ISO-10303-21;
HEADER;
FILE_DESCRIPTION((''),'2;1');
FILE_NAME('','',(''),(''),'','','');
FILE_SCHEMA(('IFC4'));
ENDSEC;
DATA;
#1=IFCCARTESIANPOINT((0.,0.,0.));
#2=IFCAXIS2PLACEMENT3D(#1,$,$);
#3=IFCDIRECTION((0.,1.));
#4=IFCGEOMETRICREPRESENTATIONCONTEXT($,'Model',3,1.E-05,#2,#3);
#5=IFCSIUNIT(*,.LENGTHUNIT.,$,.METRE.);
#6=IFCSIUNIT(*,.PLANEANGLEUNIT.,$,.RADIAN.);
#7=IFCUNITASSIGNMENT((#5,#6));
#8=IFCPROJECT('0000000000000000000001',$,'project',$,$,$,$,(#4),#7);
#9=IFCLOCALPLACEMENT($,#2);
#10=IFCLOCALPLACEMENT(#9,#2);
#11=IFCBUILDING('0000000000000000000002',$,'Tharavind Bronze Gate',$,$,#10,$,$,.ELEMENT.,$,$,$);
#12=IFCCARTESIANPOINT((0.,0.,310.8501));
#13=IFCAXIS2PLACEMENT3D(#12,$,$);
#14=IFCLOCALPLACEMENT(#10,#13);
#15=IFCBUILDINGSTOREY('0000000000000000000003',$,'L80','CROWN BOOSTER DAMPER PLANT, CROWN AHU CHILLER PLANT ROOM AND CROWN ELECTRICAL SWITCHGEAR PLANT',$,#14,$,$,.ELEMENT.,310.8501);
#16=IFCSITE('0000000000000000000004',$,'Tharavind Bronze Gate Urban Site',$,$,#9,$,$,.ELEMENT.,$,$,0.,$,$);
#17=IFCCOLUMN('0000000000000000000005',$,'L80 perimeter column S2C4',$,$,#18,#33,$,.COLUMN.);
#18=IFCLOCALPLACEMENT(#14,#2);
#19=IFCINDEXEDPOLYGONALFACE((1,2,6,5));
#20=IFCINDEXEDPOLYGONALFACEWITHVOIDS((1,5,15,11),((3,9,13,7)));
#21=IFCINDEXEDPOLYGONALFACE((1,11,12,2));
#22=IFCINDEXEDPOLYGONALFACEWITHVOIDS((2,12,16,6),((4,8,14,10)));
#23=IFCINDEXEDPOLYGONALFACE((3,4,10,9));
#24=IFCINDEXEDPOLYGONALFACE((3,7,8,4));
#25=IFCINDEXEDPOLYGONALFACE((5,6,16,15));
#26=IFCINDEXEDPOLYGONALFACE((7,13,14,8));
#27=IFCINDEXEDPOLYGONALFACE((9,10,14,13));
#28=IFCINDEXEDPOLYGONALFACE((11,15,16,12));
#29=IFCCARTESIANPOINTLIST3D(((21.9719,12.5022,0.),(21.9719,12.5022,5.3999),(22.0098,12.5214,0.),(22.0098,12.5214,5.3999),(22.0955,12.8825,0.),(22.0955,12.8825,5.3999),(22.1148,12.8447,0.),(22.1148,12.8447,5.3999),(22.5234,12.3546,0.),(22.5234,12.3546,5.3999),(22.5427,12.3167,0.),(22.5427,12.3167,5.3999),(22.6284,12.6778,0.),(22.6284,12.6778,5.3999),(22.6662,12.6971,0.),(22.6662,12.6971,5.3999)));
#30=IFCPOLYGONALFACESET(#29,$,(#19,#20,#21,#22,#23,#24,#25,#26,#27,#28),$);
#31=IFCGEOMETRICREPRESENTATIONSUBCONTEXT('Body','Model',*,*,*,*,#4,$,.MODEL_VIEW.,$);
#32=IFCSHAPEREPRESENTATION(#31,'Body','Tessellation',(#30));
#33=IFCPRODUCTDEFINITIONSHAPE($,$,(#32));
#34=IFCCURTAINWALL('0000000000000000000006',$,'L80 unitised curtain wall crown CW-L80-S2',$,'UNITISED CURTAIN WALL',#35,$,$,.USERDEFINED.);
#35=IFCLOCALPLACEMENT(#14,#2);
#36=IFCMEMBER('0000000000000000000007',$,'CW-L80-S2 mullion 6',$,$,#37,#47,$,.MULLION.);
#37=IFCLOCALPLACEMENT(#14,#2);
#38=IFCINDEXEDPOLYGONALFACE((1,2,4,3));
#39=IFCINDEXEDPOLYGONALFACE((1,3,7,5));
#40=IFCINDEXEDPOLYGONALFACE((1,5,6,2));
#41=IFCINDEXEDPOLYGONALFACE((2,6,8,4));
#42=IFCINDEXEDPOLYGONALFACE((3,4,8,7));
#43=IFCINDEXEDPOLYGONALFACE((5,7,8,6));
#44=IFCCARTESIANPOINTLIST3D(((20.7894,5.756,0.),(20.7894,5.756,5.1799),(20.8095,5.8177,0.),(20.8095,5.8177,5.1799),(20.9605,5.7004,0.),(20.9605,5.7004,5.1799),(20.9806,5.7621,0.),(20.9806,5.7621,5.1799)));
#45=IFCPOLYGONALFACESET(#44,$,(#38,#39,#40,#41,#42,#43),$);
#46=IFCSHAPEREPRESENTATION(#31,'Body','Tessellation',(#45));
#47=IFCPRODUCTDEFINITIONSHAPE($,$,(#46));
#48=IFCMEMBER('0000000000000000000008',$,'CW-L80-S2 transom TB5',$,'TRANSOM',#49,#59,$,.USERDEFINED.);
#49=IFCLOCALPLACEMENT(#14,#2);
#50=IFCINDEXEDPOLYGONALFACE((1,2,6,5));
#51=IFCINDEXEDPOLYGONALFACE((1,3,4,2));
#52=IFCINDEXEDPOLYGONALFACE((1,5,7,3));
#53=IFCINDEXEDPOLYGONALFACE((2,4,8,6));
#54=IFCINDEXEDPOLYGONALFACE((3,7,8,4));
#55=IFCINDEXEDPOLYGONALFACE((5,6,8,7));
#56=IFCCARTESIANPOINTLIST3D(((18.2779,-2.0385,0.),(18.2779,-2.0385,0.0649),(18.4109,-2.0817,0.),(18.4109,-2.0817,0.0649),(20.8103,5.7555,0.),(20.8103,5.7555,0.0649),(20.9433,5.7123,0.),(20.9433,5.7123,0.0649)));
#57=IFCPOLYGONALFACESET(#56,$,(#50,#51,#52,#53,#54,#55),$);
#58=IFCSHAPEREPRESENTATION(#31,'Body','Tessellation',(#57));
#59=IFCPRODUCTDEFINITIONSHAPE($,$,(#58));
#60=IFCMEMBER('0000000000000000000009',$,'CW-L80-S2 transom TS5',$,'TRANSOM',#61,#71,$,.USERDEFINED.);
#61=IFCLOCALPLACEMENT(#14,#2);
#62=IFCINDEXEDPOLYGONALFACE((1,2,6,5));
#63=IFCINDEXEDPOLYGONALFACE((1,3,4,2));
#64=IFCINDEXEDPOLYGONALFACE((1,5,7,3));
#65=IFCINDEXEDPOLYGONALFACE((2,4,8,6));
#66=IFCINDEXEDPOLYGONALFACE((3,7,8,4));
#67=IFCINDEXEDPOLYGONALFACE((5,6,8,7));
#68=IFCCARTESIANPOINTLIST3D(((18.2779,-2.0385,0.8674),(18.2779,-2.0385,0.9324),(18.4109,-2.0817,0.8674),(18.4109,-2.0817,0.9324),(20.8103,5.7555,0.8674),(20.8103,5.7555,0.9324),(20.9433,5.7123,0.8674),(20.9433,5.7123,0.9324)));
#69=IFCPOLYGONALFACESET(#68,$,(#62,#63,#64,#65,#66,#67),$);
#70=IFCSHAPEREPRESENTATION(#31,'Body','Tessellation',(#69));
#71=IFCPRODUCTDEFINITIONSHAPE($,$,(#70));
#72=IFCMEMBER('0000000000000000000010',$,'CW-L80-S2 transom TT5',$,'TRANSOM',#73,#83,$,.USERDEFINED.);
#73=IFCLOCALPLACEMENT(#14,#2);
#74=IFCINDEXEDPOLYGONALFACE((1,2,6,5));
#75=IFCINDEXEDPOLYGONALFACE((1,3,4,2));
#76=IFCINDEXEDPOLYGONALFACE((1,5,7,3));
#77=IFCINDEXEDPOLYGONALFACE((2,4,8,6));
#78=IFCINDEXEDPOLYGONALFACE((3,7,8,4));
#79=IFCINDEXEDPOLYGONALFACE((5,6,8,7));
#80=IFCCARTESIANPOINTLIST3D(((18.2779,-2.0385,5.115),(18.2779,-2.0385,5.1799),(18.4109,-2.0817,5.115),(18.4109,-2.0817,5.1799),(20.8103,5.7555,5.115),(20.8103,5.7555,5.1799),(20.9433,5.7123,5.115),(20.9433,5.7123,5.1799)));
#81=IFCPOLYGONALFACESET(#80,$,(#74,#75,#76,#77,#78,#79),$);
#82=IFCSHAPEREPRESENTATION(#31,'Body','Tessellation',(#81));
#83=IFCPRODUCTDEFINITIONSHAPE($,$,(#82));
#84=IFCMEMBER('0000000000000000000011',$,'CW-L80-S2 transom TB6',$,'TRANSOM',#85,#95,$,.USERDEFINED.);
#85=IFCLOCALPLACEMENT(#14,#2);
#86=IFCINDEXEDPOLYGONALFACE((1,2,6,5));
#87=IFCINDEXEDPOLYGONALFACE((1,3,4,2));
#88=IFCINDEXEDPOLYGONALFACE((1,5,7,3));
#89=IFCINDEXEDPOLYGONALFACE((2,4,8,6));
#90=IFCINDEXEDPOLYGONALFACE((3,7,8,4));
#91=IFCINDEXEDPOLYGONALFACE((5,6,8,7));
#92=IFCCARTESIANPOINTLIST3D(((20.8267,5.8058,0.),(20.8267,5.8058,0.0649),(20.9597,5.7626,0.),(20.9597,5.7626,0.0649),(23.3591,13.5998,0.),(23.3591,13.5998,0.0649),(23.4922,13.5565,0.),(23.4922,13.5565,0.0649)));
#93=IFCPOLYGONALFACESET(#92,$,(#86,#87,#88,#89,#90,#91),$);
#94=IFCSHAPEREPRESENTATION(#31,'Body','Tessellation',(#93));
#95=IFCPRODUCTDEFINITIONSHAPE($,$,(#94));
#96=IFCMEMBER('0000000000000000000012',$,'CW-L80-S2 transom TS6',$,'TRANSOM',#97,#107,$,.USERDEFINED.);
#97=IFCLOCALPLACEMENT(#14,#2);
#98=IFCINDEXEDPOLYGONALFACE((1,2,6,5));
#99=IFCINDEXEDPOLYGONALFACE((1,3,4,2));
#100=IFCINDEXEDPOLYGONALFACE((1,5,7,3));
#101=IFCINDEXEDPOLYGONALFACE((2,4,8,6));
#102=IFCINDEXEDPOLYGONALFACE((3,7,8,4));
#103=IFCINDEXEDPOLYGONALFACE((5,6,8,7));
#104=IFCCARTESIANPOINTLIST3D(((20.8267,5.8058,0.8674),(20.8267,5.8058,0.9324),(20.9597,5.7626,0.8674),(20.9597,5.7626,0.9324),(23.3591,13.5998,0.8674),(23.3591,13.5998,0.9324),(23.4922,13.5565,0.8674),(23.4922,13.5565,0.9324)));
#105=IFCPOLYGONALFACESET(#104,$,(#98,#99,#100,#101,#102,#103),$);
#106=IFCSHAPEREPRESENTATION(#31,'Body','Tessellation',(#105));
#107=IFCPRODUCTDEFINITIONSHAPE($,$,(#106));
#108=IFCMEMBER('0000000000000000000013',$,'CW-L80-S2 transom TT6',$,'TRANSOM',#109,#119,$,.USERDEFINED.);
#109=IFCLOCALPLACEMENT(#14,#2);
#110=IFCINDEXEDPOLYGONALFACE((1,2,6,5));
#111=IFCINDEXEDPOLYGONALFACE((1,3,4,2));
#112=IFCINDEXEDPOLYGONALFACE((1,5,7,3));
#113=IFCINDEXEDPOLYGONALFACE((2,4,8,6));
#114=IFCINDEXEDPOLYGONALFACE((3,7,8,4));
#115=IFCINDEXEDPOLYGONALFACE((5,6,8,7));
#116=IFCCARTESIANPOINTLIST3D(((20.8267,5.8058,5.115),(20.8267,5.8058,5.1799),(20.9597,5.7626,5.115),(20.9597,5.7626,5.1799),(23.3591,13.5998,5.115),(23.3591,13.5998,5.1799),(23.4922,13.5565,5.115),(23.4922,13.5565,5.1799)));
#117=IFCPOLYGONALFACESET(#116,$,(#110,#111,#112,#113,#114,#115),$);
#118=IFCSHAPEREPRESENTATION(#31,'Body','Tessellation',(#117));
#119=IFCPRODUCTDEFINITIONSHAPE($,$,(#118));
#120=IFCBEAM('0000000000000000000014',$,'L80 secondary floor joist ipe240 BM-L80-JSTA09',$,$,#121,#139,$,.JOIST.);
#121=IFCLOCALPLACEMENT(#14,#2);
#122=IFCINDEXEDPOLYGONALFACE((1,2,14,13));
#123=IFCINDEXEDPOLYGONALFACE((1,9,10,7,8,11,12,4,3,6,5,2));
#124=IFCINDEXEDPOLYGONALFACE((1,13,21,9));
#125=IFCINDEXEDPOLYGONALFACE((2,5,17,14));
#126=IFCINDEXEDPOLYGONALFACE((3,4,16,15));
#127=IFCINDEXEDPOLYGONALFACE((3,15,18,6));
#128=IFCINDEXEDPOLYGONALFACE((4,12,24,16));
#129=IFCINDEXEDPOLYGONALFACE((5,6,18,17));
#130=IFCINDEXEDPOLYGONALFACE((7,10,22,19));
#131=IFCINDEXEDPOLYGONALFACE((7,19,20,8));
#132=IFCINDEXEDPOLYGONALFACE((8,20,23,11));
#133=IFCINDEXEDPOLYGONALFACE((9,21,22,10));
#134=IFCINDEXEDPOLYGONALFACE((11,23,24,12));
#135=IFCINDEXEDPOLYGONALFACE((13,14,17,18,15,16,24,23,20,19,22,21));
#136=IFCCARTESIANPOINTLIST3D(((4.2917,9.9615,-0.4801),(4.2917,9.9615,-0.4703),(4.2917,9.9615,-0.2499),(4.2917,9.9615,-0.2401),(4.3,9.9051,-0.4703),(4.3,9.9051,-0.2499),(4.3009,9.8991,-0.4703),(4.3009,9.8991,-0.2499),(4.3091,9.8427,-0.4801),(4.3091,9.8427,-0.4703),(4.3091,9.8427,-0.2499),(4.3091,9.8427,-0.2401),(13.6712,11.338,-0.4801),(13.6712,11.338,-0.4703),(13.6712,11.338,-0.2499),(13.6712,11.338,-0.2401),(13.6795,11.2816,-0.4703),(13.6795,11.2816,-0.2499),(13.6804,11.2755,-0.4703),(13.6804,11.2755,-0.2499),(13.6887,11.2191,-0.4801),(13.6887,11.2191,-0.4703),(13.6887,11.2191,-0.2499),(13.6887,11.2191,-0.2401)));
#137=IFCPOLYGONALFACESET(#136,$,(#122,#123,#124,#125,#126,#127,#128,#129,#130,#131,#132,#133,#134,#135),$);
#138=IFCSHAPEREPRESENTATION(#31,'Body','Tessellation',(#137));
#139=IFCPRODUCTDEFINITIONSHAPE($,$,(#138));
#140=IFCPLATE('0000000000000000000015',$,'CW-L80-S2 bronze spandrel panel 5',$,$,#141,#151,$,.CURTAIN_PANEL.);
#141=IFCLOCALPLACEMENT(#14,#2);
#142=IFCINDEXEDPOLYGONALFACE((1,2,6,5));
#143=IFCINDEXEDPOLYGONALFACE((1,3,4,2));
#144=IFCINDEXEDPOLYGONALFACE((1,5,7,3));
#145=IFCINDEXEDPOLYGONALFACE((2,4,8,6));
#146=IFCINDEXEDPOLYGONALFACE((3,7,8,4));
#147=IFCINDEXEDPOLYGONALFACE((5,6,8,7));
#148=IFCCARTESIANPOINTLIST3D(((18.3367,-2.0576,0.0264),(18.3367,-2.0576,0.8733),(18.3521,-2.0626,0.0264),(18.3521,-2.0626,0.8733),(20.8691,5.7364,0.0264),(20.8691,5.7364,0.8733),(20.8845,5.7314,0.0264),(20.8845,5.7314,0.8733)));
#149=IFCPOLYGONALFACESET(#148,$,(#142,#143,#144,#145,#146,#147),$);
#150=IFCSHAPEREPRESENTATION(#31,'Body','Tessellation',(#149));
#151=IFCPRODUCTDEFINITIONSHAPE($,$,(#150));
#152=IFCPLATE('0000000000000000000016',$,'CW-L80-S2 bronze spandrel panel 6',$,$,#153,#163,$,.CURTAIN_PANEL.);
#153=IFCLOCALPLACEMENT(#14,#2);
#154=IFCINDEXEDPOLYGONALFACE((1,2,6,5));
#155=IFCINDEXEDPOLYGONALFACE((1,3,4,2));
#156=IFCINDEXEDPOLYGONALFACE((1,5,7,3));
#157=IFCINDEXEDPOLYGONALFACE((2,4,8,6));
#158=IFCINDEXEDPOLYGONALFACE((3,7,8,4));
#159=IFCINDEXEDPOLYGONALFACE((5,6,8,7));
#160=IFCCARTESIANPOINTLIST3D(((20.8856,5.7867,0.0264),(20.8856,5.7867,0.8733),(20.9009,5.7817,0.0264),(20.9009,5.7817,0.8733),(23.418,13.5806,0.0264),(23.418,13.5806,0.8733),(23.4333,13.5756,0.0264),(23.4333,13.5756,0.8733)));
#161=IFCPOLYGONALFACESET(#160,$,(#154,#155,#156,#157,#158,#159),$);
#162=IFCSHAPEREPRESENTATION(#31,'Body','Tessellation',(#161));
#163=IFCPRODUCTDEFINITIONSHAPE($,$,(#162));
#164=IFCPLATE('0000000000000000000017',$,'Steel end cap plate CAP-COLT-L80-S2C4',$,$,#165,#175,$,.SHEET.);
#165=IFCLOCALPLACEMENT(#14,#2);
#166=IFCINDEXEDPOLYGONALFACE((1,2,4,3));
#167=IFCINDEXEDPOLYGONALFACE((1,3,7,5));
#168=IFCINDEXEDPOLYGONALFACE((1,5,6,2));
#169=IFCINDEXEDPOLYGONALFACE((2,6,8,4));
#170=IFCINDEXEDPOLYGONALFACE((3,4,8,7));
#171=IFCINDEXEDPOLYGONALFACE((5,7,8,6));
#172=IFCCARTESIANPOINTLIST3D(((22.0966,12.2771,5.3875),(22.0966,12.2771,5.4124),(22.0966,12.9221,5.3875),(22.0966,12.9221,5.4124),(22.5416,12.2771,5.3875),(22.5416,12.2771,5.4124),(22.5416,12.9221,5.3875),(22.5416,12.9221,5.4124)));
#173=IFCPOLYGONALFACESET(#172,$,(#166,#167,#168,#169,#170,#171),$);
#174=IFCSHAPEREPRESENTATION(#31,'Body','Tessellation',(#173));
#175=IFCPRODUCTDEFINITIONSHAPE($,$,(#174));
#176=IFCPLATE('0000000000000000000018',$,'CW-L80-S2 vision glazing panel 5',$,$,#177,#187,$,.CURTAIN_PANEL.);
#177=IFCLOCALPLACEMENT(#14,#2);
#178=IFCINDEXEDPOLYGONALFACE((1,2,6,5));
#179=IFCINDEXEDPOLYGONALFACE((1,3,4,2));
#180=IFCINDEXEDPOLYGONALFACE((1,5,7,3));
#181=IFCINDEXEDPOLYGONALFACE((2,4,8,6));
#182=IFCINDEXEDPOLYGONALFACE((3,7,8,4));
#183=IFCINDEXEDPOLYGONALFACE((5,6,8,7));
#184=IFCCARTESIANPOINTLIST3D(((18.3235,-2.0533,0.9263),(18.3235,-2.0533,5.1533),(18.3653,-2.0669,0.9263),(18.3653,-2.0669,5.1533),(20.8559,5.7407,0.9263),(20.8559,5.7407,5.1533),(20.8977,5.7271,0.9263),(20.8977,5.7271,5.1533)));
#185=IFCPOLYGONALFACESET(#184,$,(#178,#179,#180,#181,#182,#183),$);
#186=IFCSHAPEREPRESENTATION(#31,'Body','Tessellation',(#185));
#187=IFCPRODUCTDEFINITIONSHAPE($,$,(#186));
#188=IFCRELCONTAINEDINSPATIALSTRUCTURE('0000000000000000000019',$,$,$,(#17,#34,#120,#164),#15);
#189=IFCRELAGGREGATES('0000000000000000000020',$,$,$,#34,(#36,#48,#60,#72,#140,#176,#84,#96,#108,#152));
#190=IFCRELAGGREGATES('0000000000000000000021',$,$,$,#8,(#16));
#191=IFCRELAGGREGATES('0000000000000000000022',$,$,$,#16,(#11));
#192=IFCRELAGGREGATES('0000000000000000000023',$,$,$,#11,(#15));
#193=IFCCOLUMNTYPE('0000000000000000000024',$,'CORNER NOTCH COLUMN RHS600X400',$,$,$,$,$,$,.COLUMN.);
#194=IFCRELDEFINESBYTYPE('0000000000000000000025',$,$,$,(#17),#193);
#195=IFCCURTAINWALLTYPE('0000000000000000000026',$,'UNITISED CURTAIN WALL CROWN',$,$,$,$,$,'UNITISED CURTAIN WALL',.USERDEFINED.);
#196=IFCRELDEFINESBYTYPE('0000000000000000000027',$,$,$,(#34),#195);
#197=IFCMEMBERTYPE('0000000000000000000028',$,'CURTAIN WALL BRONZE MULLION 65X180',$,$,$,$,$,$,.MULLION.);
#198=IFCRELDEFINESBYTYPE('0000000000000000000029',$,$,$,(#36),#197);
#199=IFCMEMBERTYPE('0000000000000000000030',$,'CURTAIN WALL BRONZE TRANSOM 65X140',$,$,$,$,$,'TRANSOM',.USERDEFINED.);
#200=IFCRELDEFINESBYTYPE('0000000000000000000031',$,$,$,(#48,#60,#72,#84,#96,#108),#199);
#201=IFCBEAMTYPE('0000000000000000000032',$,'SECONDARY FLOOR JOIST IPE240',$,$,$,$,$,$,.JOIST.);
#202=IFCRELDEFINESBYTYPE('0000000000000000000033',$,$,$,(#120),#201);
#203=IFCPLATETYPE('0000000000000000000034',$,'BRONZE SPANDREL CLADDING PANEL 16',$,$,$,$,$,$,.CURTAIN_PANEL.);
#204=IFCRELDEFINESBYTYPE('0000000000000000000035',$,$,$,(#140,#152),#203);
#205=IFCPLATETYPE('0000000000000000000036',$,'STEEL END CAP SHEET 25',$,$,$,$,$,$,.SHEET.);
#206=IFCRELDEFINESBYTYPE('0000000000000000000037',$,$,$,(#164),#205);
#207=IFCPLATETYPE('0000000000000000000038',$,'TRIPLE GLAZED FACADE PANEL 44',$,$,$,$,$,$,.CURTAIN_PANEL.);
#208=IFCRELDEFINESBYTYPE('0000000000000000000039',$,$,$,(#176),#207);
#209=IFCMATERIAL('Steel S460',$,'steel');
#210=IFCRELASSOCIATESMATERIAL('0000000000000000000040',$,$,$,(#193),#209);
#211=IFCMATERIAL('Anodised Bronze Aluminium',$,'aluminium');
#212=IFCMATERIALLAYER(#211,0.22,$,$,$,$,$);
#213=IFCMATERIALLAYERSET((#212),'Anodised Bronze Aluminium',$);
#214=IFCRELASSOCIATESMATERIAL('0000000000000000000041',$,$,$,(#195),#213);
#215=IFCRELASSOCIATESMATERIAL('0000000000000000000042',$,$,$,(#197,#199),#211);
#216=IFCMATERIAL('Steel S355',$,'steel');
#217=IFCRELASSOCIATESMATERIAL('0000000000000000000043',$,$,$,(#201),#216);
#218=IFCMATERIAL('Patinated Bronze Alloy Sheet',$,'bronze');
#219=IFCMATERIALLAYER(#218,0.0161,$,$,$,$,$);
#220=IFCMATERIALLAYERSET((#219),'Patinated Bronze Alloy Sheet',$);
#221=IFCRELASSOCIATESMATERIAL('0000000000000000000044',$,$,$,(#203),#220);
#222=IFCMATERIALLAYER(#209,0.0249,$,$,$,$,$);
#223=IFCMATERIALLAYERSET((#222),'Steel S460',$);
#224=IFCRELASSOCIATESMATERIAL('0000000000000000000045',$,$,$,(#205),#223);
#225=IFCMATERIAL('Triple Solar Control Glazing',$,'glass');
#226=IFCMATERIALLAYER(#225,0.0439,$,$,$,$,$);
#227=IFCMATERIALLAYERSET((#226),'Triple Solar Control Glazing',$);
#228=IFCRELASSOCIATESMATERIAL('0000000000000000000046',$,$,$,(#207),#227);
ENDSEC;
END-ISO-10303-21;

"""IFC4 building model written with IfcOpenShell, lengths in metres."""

from ifc_helpers import new_model, si_unit, direction, frame, origin, origin_2d, place, context, subcontext, project, spatial, rectangle, hollow_rectangle, i_section, extrude, material, layer, layer_set, material_profile, profile_set, type_object, element, aggregate, save


model = new_model("IFC4")

# Units and contexts
model_context = context("Model", 3, precision=1e-05, world=origin(), true_north=direction((0.0, 1.0)))
body_context = subcontext(model_context, "Body", "Model", "MODEL_VIEW")
ifc_project = project(units=[si_unit("LENGTHUNIT", "METRE"), si_unit("PLANEANGLEUNIT", "RADIAN")], contexts=[model_context])

# Site, building, storey
site_placement = place(None, origin())
site = spatial("IfcSite", under=ifc_project, at=site_placement, Name="Tharavind Bronze Gate Urban Site", CompositionType="ELEMENT", RefElevation=0.0)
building_placement = place(site_placement, origin())
building = spatial("IfcBuilding", under=site, at=building_placement, Name="Tharavind Bronze Gate", CompositionType="ELEMENT")
storey_placement = place(building_placement, frame((0.0, 0.0, 310.8501)))
storey = spatial("IfcBuildingStorey", under=building, at=storey_placement, Name="L80", Description="CROWN BOOSTER DAMPER PLANT, CROWN AHU CHILLER PLANT ROOM AND CROWN ELECTRICAL SWITCHGEAR PLANT", CompositionType="ELEMENT", Elevation=310.8501)

# Column
ifc_material_1 = material(Name="Steel S460", Category="steel")
ifc_material_profile_1 = material_profile(ifc_material_1, hollow_rectangle(XDim=0.3999, YDim=0.6001, WallThickness=0.03, at=origin_2d()), Name="RHS600X400X30")
ifc_profile_set_1 = profile_set([ifc_material_profile_1], Name="Steel S460")
column_type = type_object("IfcColumnType", Name="CORNER NOTCH COLUMN RHS600X400", PredefinedType="COLUMN", material=ifc_profile_set_1)
column_placement = place(storey_placement, frame((22.3191, 12.5996, 0.0), z_axis=(0.0, 0.0, 1.0), x_axis=(0.309019, 0.951056, 0.0)))
element("IfcColumn", 1, at=column_placement, inside=storey, type_object=column_type, Name="L80 perimeter column S2C4", PredefinedType="COLUMN", context=body_context, shape_type="SweptSolid", body=[
    extrude(hollow_rectangle(XDim=0.3999, YDim=0.6001, WallThickness=0.03, at=origin_2d()), origin(), (0.0, 0.0, 1.0), 5.3999),
])

# Curtain wall, members
ifc_material_2 = material(Name="Anodised Bronze Aluminium", Category="aluminium")
ifc_layer_1 = layer(ifc_material_2, 0.22)
ifc_layer_set_1 = layer_set([ifc_layer_1], Name="Anodised Bronze Aluminium")
curtain_wall_type = type_object("IfcCurtainWallType", Name="UNITISED CURTAIN WALL CROWN", ElementType="UNITISED CURTAIN WALL", PredefinedType="USERDEFINED", material=ifc_layer_set_1)
curtain_wall_placement = place(storey_placement, origin())
curtain_wall = element("IfcCurtainWall", 2, at=curtain_wall_placement, inside=storey, type_object=curtain_wall_type, Name="L80 unitised curtain wall crown CW-L80-S2", ObjectType="UNITISED CURTAIN WALL", PredefinedType="USERDEFINED")
member_type_1 = type_object("IfcMemberType", Name="CURTAIN WALL BRONZE MULLION 65X180", PredefinedType="MULLION", material=ifc_material_2)
member_1_placement = place(storey_placement, frame((20.885, 5.759, 0.0), z_axis=(0.0, 0.0, 1.0), x_axis=(0.309017, 0.951057, 0.0)))
member_1 = element("IfcMember", 3, at=member_1_placement, type_object=member_type_1, Name="CW-L80-S2 mullion 6", PredefinedType="MULLION", context=body_context, shape_type="SweptSolid", body=[
    extrude(rectangle(XDim=0.0649, YDim=0.1799, at=origin_2d()), origin(), (0.0, 0.0, 1.0), 5.1799),
])
member_type_2 = type_object("IfcMemberType", Name="CURTAIN WALL BRONZE TRANSOM 65X140", ElementType="TRANSOM", PredefinedType="USERDEFINED", material=ifc_material_2)
member_2_placement = place(storey_placement, frame((19.6106, 1.8369, 0.0), z_axis=(0.0, 0.0, 1.0), x_axis=(0.309017, 0.951057, 0.0)))
member_2 = element("IfcMember", 4, at=member_2_placement, type_object=member_type_2, Name="CW-L80-S2 transom TB5", ObjectType="TRANSOM", PredefinedType="USERDEFINED", context=body_context, shape_type="SweptSolid", body=[
    extrude(rectangle(XDim=8.1951, YDim=0.1399, at=origin_2d()), origin(), (0.0, 0.0, 1.0), 0.0649),
])
member_3_placement = place(storey_placement, frame((19.6106, 1.8369, 0.8674), z_axis=(0.0, 0.0, 1.0), x_axis=(0.309017, 0.951057, 0.0)))
member_3 = element("IfcMember", 5, at=member_3_placement, type_object=member_type_2, Name="CW-L80-S2 transom TS5", ObjectType="TRANSOM", PredefinedType="USERDEFINED", context=body_context, shape_type="SweptSolid", body=[
    extrude(rectangle(XDim=8.1951, YDim=0.1399, at=origin_2d()), origin(), (0.0, 0.0, 1.0), 0.0649),
])
member_4_placement = place(storey_placement, frame((19.6106, 1.8369, 5.115), z_axis=(0.0, 0.0, 1.0), x_axis=(0.309017, 0.951057, 0.0)))
member_4 = element("IfcMember", 6, at=member_4_placement, type_object=member_type_2, Name="CW-L80-S2 transom TT5", ObjectType="TRANSOM", PredefinedType="USERDEFINED", context=body_context, shape_type="SweptSolid", body=[
    extrude(rectangle(XDim=8.1951, YDim=0.1399, at=origin_2d()), origin(), (0.0, 0.0, 1.0), 0.0649),
])
member_5_placement = place(storey_placement, frame((22.1594, 9.6812, 0.0), z_axis=(0.0, 0.0, 1.0), x_axis=(0.309017, 0.951057, 0.0)))
member_5 = element("IfcMember", 7, at=member_5_placement, type_object=member_type_2, Name="CW-L80-S2 transom TB6", ObjectType="TRANSOM", PredefinedType="USERDEFINED", context=body_context, shape_type="SweptSolid", body=[
    extrude(rectangle(XDim=8.1951, YDim=0.1399, at=origin_2d()), origin(), (0.0, 0.0, 1.0), 0.0649),
])
member_6_placement = place(storey_placement, frame((22.1594, 9.6812, 0.8674), z_axis=(0.0, 0.0, 1.0), x_axis=(0.309017, 0.951057, 0.0)))
member_6 = element("IfcMember", 8, at=member_6_placement, type_object=member_type_2, Name="CW-L80-S2 transom TS6", ObjectType="TRANSOM", PredefinedType="USERDEFINED", context=body_context, shape_type="SweptSolid", body=[
    extrude(rectangle(XDim=8.1951, YDim=0.1399, at=origin_2d()), origin(), (0.0, 0.0, 1.0), 0.0649),
])
member_7_placement = place(storey_placement, frame((22.1594, 9.6812, 5.115), z_axis=(0.0, 0.0, 1.0), x_axis=(0.309017, 0.951057, 0.0)))
member_7 = element("IfcMember", 9, at=member_7_placement, type_object=member_type_2, Name="CW-L80-S2 transom TT6", ObjectType="TRANSOM", PredefinedType="USERDEFINED", context=body_context, shape_type="SweptSolid", body=[
    extrude(rectangle(XDim=8.1951, YDim=0.1399, at=origin_2d()), origin(), (0.0, 0.0, 1.0), 0.0649),
])

# Beam
ifc_material_3 = material(Name="Steel S355", Category="steel")
ifc_material_profile_2 = material_profile(ifc_material_3, i_section(OverallWidth=0.1201, OverallDepth=0.24, WebThickness=0.0061, FlangeThickness=0.0098, at=origin_2d()), Name="IPE240")
ifc_profile_set_2 = profile_set([ifc_material_profile_2], Name="Steel S355")
beam_type = type_object("IfcBeamType", Name="SECONDARY FLOOR JOIST IPE240", PredefinedType="JOIST", material=ifc_profile_set_2)
beam_placement = place(storey_placement, frame((13.6799, 11.2786, -0.3601), z_axis=(-0.989403, -0.145195, 0.0), x_axis=(0.145195, -0.989403, 0.0)))
element("IfcBeam", 10, at=beam_placement, inside=storey, type_object=beam_type, Name="L80 secondary floor joist ipe240 BM-L80-JSTA09", PredefinedType="JOIST", context=body_context, shape_type="SweptSolid", body=[
    extrude(i_section(OverallWidth=0.1201, OverallDepth=0.24, WebThickness=0.0061, FlangeThickness=0.0098, at=origin_2d()), origin(), (0.0, 0.0, 1.0), 9.48),
])

# Plates
ifc_material_4 = material(Name="Patinated Bronze Alloy Sheet", Category="bronze")
ifc_layer_2 = layer(ifc_material_4, 0.0161)
ifc_layer_set_2 = layer_set([ifc_layer_2], Name="Patinated Bronze Alloy Sheet")
plate_type_1 = type_object("IfcPlateType", Name="BRONZE SPANDREL CLADDING PANEL 16", PredefinedType="CURTAIN_PANEL", material=ifc_layer_set_2)
plate_1_placement = place(storey_placement, frame((19.6106, 1.8369, 0.0264), z_axis=(0.0, 0.0, 1.0), x_axis=(0.309017, 0.951057, 0.0)))
plate_1 = element("IfcPlate", 11, at=plate_1_placement, type_object=plate_type_1, Name="CW-L80-S2 bronze spandrel panel 5", PredefinedType="CURTAIN_PANEL", context=body_context, shape_type="SweptSolid", body=[
    extrude(rectangle(XDim=8.1951, YDim=0.0161, at=origin_2d()), origin(), (0.0, 0.0, 1.0), 0.8469),
])
plate_2_placement = place(storey_placement, frame((22.1594, 9.6812, 0.0264), z_axis=(0.0, 0.0, 1.0), x_axis=(0.309017, 0.951057, 0.0)))
plate_2 = element("IfcPlate", 12, at=plate_2_placement, type_object=plate_type_1, Name="CW-L80-S2 bronze spandrel panel 6", PredefinedType="CURTAIN_PANEL", context=body_context, shape_type="SweptSolid", body=[
    extrude(rectangle(XDim=8.1951, YDim=0.0161, at=origin_2d()), origin(), (0.0, 0.0, 1.0), 0.8469),
])
ifc_layer_3 = layer(ifc_material_1, 0.0249)
ifc_layer_set_3 = layer_set([ifc_layer_3], Name="Steel S460")
plate_type_2 = type_object("IfcPlateType", Name="STEEL END CAP SHEET 25", PredefinedType="SHEET", material=ifc_layer_set_3)
plate_3_placement = place(storey_placement, frame((22.3191, 12.5996, 5.3875), z_axis=(0.0, 0.0, 1.0), x_axis=(1.0, 0.0, 0.0)))
element("IfcPlate", 13, at=plate_3_placement, inside=storey, type_object=plate_type_2, Name="Steel end cap plate CAP-COLT-L80-S2C4", PredefinedType="SHEET", context=body_context, shape_type="SweptSolid", body=[
    extrude(rectangle(XDim=0.4451, YDim=0.645, at=origin_2d()), origin(), (0.0, 0.0, 1.0), 0.0249),
])
ifc_material_5 = material(Name="Triple Solar Control Glazing", Category="glass")
ifc_layer_4 = layer(ifc_material_5, 0.0439)
ifc_layer_set_4 = layer_set([ifc_layer_4], Name="Triple Solar Control Glazing")
plate_type_3 = type_object("IfcPlateType", Name="TRIPLE GLAZED FACADE PANEL 44", PredefinedType="CURTAIN_PANEL", material=ifc_layer_set_4)
plate_4_placement = place(storey_placement, frame((19.6106, 1.8369, 0.9263), z_axis=(0.0, 0.0, 1.0), x_axis=(0.309017, 0.951057, 0.0)))
plate_4 = element("IfcPlate", 14, at=plate_4_placement, type_object=plate_type_3, Name="CW-L80-S2 vision glazing panel 5", PredefinedType="CURTAIN_PANEL", context=body_context, shape_type="SweptSolid", body=[
    extrude(rectangle(XDim=8.1951, YDim=0.0439, at=origin_2d()), origin(), (0.0, 0.0, 1.0), 4.2271),
])
aggregate(curtain_wall, [member_1, member_2, member_3, member_4, plate_1, plate_4, member_5, member_6, member_7, plate_2])

save(model, "model.ifc")
